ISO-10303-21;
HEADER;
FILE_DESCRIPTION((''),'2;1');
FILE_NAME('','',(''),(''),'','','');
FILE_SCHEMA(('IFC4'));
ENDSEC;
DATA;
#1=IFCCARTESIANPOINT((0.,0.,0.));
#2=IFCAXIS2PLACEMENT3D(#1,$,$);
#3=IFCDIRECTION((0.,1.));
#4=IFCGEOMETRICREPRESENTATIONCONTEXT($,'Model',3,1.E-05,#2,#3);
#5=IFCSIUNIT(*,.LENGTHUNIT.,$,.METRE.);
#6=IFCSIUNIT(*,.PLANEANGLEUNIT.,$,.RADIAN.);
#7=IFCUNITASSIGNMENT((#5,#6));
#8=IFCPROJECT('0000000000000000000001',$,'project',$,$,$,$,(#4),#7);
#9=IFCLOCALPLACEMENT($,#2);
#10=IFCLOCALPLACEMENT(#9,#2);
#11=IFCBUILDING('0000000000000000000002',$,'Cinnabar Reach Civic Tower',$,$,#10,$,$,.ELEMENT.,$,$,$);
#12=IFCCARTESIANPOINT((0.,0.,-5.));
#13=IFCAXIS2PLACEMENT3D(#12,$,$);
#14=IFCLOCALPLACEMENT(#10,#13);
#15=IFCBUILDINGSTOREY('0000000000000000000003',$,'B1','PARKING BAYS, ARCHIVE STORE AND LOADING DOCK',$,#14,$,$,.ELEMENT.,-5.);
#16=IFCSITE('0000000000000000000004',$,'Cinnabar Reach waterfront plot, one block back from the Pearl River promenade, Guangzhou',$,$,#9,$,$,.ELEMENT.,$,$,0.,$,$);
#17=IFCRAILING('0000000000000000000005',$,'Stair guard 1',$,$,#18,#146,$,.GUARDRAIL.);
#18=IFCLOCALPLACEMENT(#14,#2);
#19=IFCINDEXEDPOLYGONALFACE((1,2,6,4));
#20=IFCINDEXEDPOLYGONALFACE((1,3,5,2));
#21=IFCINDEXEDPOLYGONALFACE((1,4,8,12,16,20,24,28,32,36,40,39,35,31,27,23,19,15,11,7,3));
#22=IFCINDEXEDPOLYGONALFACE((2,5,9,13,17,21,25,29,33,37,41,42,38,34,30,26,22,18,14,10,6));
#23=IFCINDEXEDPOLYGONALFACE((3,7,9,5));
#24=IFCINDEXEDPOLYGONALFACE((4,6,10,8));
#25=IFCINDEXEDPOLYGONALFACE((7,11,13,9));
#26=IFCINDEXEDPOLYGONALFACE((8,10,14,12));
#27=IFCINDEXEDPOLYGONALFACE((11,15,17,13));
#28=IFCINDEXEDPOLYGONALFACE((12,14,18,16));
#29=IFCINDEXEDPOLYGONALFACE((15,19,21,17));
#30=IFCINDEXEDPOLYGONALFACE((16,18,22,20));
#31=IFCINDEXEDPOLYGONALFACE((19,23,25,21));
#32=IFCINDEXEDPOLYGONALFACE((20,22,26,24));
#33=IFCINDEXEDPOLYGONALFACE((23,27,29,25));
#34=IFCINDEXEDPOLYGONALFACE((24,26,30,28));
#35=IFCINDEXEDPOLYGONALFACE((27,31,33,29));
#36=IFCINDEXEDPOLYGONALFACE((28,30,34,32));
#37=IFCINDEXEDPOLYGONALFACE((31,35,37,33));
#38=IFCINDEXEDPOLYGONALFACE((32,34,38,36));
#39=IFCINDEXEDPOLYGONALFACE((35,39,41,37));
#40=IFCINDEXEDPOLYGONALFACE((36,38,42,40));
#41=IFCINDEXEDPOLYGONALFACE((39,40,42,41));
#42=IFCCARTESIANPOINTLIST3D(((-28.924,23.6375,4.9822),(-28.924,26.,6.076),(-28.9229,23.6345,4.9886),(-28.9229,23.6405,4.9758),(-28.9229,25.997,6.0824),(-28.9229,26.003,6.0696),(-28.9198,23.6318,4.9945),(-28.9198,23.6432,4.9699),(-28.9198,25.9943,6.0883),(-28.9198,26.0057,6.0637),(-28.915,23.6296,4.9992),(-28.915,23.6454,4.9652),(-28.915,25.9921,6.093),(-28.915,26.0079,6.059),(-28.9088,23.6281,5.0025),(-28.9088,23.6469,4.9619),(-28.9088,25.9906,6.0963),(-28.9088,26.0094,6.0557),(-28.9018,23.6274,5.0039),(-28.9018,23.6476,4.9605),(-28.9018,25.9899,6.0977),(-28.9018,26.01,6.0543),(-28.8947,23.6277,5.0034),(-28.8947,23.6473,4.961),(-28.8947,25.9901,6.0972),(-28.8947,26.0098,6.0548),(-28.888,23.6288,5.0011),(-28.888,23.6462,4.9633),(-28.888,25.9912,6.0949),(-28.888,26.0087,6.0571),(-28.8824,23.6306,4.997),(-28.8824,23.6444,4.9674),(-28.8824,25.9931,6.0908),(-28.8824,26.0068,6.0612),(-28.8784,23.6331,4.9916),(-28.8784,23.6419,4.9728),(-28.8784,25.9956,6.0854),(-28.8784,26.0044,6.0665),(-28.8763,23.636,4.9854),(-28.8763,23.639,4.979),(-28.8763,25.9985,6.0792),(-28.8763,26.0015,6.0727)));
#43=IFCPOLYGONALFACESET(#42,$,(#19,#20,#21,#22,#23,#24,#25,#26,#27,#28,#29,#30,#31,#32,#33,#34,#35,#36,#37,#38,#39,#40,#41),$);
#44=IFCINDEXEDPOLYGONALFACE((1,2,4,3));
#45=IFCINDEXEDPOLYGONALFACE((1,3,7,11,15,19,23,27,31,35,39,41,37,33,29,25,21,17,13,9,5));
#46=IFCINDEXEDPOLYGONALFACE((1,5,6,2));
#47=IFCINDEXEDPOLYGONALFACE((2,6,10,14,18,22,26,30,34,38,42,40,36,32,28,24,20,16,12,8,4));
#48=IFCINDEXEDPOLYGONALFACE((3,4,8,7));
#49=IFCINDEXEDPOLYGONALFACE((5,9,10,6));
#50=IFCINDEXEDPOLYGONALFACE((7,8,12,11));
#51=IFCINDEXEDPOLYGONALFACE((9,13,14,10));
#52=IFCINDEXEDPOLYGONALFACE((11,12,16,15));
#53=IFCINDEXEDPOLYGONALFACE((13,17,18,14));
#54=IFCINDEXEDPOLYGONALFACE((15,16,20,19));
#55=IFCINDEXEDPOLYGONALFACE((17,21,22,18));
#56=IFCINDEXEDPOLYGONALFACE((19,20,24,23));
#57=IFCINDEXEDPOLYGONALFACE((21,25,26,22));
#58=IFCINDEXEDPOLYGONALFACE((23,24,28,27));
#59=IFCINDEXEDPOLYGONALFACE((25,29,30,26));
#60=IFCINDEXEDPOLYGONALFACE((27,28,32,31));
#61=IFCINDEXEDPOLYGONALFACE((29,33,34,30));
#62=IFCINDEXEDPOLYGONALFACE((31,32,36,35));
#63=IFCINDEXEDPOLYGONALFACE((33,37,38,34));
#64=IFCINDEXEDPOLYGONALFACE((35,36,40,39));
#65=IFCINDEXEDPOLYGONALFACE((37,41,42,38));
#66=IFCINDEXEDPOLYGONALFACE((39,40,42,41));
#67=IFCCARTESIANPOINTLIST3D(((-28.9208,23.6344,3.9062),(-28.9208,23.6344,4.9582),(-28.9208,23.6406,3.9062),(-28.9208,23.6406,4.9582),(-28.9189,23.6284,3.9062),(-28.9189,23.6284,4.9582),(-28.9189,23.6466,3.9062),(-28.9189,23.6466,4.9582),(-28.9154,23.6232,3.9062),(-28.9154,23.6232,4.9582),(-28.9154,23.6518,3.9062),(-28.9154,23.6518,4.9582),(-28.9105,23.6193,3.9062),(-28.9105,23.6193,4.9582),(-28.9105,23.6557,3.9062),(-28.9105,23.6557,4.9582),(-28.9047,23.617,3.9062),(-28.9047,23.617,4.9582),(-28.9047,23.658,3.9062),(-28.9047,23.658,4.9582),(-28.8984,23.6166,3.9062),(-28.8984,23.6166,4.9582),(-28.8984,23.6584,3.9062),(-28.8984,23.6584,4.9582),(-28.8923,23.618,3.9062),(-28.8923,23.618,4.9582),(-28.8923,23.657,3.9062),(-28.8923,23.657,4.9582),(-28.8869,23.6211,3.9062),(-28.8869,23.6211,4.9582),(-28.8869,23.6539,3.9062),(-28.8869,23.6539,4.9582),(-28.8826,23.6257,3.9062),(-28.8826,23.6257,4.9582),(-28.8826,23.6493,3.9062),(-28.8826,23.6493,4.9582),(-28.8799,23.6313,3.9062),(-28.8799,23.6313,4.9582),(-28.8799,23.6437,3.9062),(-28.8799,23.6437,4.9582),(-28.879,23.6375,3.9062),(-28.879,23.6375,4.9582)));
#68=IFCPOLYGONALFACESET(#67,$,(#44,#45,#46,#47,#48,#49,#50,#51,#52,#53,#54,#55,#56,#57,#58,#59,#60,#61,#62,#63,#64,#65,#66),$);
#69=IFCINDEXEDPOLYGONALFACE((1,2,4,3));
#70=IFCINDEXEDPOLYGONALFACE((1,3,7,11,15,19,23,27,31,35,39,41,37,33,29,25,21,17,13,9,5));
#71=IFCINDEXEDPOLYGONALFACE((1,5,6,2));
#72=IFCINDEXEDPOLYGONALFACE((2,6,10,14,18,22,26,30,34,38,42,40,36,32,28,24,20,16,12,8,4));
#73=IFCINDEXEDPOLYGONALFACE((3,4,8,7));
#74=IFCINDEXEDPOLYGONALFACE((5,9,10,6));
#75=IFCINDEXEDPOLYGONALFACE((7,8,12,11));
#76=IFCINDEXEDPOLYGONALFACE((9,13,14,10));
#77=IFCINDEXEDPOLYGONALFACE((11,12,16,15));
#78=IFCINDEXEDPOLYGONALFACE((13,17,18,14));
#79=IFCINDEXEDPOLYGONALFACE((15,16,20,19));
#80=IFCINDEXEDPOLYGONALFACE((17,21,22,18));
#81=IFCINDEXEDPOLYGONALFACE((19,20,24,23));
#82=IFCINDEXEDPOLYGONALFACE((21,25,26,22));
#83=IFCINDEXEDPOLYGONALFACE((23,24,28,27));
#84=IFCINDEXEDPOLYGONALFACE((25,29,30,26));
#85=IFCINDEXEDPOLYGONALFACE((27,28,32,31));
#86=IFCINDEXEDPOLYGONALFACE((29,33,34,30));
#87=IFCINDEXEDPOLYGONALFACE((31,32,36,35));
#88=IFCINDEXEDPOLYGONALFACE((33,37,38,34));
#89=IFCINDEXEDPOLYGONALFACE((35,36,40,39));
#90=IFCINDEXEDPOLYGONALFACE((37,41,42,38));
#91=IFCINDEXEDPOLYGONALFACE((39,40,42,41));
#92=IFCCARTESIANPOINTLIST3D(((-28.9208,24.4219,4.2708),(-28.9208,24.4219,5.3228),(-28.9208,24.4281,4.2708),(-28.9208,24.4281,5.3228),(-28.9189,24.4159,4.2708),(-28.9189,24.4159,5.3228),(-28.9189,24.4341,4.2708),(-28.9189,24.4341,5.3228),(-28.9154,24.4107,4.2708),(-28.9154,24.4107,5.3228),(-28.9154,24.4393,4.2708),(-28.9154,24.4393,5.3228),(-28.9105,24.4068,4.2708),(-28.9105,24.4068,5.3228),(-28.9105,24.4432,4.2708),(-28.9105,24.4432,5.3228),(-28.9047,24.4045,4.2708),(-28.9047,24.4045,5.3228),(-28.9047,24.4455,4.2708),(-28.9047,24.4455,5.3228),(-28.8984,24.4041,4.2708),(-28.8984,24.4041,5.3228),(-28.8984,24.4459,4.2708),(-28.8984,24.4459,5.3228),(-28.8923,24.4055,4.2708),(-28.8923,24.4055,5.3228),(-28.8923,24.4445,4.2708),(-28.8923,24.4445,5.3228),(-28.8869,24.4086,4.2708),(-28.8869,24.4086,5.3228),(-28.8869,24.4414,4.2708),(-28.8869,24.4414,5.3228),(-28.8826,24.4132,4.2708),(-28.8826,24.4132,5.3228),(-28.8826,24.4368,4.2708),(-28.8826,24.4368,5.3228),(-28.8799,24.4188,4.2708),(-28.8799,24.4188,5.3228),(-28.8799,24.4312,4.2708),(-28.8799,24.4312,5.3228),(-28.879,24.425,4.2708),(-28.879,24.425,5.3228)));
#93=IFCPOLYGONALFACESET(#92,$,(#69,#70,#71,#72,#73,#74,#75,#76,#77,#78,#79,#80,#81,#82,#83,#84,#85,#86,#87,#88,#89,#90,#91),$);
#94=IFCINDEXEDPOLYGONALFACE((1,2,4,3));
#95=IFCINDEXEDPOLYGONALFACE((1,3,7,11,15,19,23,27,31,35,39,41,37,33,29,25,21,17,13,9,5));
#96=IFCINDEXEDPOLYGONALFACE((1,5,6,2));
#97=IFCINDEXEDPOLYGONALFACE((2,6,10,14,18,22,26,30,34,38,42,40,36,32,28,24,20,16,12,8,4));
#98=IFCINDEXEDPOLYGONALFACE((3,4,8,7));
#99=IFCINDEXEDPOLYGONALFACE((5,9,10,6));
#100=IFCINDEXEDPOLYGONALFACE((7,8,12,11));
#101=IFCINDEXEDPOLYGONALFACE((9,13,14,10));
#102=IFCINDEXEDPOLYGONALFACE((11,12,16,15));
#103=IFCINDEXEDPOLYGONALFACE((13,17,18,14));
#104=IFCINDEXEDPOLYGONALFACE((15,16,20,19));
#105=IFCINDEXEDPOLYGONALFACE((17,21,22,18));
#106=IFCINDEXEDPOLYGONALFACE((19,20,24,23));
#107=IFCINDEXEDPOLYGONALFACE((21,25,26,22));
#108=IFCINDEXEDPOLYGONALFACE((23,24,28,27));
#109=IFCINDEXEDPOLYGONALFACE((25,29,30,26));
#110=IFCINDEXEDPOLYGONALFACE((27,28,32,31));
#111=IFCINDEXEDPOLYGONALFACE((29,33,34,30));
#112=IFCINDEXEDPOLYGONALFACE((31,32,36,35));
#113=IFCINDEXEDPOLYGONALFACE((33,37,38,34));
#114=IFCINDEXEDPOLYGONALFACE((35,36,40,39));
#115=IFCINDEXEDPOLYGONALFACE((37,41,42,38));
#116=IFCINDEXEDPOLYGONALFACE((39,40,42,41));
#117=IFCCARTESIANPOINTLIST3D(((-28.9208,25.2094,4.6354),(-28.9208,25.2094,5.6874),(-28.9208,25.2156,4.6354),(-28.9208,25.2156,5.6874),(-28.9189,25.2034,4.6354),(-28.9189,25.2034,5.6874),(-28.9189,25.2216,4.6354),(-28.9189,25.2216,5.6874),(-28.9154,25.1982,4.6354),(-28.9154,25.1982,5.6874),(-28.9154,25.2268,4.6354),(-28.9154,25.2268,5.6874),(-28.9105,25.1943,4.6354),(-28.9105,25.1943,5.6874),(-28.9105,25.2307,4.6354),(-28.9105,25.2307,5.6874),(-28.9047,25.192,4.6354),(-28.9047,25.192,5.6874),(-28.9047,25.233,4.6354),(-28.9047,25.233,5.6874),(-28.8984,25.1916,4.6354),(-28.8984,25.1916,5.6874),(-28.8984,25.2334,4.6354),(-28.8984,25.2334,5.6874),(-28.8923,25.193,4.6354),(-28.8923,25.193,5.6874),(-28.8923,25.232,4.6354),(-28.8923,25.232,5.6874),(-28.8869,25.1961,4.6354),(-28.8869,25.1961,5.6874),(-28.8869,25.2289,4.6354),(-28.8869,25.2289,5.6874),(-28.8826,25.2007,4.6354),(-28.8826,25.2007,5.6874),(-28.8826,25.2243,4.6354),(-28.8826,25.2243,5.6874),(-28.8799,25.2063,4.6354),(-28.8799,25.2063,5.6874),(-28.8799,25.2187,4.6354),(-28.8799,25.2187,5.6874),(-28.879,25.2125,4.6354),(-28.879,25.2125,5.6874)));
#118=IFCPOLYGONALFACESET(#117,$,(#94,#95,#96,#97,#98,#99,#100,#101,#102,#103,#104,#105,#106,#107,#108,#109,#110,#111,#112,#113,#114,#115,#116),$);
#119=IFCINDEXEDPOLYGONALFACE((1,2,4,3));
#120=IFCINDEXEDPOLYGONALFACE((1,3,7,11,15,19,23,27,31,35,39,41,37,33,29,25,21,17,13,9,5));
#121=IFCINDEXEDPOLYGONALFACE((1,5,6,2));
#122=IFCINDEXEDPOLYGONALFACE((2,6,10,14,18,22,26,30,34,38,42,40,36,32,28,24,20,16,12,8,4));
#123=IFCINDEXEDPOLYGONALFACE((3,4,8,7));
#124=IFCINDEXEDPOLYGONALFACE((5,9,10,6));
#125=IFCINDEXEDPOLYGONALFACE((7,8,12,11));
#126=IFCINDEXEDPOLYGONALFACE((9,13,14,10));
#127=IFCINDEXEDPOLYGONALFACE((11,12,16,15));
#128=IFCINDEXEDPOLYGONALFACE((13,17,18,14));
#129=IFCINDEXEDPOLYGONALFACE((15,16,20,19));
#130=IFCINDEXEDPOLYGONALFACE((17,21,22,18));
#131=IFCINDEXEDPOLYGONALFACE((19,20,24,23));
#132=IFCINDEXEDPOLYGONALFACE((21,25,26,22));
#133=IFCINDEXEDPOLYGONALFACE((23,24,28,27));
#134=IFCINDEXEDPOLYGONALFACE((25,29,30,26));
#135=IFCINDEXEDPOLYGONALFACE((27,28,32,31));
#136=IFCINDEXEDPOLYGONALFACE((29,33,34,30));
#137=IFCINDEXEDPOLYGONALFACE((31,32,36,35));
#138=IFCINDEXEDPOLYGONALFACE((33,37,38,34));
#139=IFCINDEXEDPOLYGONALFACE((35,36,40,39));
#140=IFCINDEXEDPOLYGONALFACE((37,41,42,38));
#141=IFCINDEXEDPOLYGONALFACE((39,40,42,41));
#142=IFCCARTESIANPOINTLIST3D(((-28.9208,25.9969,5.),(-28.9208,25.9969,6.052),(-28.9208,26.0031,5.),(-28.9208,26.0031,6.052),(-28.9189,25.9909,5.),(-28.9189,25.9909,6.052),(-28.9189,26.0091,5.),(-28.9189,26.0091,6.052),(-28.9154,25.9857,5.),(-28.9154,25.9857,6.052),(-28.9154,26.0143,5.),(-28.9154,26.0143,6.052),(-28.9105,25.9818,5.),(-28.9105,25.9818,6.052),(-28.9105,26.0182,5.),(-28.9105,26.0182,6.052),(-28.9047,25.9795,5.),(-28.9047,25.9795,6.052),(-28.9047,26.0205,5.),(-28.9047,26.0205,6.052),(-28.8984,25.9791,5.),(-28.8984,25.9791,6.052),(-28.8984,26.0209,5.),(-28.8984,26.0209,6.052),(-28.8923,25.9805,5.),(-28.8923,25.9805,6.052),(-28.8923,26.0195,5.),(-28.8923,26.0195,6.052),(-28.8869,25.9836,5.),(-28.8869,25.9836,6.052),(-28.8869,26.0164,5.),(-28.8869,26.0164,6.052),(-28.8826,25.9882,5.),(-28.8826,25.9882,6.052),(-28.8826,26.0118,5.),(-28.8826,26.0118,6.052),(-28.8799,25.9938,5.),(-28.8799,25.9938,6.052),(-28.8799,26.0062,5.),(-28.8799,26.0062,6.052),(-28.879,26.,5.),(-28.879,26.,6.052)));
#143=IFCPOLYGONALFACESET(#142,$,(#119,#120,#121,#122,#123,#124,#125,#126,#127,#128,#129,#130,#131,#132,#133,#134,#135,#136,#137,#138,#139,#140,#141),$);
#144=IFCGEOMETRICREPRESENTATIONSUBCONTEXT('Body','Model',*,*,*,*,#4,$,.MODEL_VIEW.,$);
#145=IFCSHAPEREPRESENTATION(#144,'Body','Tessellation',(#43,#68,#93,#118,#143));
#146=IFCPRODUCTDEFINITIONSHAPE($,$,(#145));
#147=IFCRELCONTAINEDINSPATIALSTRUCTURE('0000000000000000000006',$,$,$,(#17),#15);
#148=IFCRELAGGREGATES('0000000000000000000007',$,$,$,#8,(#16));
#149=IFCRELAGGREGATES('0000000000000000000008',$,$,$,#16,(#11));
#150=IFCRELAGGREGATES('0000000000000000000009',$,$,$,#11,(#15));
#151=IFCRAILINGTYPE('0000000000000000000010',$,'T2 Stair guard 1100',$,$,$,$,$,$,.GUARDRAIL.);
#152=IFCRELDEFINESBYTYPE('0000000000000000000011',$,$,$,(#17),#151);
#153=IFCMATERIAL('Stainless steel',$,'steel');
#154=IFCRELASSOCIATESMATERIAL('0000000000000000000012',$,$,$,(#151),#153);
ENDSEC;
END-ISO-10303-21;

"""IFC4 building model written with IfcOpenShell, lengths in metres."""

from ifc_helpers import new_model, si_unit, direction, frame, origin, origin_2d, place, context, subcontext, project, spatial, circle, extrude, material, type_object, element, save


model = new_model("IFC4")

# Units and contexts
model_context = context("Model", 3, precision=1e-05, world=origin(), true_north=direction((0.0, 1.0)))
body_context = subcontext(model_context, "Body", "Model", "MODEL_VIEW")
ifc_project = project(units=[si_unit("LENGTHUNIT", "METRE"), si_unit("PLANEANGLEUNIT", "RADIAN")], contexts=[model_context])

# Site, building, storey
site_placement = place(None, origin())
site = spatial("IfcSite", under=ifc_project, at=site_placement, Name="Cinnabar Reach waterfront plot, one block back from the Pearl River promenade, Guangzhou", CompositionType="ELEMENT", RefElevation=0.0)
building_placement = place(site_placement, origin())
building = spatial("IfcBuilding", under=site, at=building_placement, Name="Cinnabar Reach Civic Tower", CompositionType="ELEMENT")
storey_placement = place(building_placement, frame((0.0, 0.0, -5.0)))
storey = spatial("IfcBuildingStorey", under=building, at=storey_placement, Name="B1", Description="PARKING BAYS, ARCHIVE STORE AND LOADING DOCK", CompositionType="ELEMENT", Elevation=-5.0)

# Railing
ifc_material_1 = material(Name="Stainless steel", Category="steel")
railing_type_1 = type_object("IfcRailingType", Name="T2 Stair guard 1100", PredefinedType="GUARDRAIL", material=ifc_material_1)
railing_1_placement = place(storey_placement, frame((-28.9, 23.6375, 3.9062)))
element("IfcRailing", 1, at=railing_1_placement, inside=storey, type_object=railing_type_1, Name="Stair guard 1", PredefinedType="GUARDRAIL", context=body_context, shape_type="SweptSolid", body=[
    extrude(circle(Radius=0.024, at=origin_2d()), frame((0.0, 0.0, 1.076), z_axis=(0.0, 0.90746, 0.420139), x_axis=(-1.0, 0.0, 0.0)), (0.0, 0.0, 1.0), 2.6034),
    extrude(circle(Radius=0.021, at=origin_2d()), origin(), (0.0, 0.0, 1.0), 1.052),
    extrude(circle(Radius=0.021, at=origin_2d()), frame((0.0, 0.7875, 0.3646)), (0.0, 0.0, 1.0), 1.052),
    extrude(circle(Radius=0.021, at=origin_2d()), frame((0.0, 1.575, 0.7292)), (0.0, 0.0, 1.0), 1.052),
    extrude(circle(Radius=0.021, at=origin_2d()), frame((0.0, 2.3625, 1.0938)), (0.0, 0.0, 1.0), 1.052),
])

save(model, "model.ifc")
